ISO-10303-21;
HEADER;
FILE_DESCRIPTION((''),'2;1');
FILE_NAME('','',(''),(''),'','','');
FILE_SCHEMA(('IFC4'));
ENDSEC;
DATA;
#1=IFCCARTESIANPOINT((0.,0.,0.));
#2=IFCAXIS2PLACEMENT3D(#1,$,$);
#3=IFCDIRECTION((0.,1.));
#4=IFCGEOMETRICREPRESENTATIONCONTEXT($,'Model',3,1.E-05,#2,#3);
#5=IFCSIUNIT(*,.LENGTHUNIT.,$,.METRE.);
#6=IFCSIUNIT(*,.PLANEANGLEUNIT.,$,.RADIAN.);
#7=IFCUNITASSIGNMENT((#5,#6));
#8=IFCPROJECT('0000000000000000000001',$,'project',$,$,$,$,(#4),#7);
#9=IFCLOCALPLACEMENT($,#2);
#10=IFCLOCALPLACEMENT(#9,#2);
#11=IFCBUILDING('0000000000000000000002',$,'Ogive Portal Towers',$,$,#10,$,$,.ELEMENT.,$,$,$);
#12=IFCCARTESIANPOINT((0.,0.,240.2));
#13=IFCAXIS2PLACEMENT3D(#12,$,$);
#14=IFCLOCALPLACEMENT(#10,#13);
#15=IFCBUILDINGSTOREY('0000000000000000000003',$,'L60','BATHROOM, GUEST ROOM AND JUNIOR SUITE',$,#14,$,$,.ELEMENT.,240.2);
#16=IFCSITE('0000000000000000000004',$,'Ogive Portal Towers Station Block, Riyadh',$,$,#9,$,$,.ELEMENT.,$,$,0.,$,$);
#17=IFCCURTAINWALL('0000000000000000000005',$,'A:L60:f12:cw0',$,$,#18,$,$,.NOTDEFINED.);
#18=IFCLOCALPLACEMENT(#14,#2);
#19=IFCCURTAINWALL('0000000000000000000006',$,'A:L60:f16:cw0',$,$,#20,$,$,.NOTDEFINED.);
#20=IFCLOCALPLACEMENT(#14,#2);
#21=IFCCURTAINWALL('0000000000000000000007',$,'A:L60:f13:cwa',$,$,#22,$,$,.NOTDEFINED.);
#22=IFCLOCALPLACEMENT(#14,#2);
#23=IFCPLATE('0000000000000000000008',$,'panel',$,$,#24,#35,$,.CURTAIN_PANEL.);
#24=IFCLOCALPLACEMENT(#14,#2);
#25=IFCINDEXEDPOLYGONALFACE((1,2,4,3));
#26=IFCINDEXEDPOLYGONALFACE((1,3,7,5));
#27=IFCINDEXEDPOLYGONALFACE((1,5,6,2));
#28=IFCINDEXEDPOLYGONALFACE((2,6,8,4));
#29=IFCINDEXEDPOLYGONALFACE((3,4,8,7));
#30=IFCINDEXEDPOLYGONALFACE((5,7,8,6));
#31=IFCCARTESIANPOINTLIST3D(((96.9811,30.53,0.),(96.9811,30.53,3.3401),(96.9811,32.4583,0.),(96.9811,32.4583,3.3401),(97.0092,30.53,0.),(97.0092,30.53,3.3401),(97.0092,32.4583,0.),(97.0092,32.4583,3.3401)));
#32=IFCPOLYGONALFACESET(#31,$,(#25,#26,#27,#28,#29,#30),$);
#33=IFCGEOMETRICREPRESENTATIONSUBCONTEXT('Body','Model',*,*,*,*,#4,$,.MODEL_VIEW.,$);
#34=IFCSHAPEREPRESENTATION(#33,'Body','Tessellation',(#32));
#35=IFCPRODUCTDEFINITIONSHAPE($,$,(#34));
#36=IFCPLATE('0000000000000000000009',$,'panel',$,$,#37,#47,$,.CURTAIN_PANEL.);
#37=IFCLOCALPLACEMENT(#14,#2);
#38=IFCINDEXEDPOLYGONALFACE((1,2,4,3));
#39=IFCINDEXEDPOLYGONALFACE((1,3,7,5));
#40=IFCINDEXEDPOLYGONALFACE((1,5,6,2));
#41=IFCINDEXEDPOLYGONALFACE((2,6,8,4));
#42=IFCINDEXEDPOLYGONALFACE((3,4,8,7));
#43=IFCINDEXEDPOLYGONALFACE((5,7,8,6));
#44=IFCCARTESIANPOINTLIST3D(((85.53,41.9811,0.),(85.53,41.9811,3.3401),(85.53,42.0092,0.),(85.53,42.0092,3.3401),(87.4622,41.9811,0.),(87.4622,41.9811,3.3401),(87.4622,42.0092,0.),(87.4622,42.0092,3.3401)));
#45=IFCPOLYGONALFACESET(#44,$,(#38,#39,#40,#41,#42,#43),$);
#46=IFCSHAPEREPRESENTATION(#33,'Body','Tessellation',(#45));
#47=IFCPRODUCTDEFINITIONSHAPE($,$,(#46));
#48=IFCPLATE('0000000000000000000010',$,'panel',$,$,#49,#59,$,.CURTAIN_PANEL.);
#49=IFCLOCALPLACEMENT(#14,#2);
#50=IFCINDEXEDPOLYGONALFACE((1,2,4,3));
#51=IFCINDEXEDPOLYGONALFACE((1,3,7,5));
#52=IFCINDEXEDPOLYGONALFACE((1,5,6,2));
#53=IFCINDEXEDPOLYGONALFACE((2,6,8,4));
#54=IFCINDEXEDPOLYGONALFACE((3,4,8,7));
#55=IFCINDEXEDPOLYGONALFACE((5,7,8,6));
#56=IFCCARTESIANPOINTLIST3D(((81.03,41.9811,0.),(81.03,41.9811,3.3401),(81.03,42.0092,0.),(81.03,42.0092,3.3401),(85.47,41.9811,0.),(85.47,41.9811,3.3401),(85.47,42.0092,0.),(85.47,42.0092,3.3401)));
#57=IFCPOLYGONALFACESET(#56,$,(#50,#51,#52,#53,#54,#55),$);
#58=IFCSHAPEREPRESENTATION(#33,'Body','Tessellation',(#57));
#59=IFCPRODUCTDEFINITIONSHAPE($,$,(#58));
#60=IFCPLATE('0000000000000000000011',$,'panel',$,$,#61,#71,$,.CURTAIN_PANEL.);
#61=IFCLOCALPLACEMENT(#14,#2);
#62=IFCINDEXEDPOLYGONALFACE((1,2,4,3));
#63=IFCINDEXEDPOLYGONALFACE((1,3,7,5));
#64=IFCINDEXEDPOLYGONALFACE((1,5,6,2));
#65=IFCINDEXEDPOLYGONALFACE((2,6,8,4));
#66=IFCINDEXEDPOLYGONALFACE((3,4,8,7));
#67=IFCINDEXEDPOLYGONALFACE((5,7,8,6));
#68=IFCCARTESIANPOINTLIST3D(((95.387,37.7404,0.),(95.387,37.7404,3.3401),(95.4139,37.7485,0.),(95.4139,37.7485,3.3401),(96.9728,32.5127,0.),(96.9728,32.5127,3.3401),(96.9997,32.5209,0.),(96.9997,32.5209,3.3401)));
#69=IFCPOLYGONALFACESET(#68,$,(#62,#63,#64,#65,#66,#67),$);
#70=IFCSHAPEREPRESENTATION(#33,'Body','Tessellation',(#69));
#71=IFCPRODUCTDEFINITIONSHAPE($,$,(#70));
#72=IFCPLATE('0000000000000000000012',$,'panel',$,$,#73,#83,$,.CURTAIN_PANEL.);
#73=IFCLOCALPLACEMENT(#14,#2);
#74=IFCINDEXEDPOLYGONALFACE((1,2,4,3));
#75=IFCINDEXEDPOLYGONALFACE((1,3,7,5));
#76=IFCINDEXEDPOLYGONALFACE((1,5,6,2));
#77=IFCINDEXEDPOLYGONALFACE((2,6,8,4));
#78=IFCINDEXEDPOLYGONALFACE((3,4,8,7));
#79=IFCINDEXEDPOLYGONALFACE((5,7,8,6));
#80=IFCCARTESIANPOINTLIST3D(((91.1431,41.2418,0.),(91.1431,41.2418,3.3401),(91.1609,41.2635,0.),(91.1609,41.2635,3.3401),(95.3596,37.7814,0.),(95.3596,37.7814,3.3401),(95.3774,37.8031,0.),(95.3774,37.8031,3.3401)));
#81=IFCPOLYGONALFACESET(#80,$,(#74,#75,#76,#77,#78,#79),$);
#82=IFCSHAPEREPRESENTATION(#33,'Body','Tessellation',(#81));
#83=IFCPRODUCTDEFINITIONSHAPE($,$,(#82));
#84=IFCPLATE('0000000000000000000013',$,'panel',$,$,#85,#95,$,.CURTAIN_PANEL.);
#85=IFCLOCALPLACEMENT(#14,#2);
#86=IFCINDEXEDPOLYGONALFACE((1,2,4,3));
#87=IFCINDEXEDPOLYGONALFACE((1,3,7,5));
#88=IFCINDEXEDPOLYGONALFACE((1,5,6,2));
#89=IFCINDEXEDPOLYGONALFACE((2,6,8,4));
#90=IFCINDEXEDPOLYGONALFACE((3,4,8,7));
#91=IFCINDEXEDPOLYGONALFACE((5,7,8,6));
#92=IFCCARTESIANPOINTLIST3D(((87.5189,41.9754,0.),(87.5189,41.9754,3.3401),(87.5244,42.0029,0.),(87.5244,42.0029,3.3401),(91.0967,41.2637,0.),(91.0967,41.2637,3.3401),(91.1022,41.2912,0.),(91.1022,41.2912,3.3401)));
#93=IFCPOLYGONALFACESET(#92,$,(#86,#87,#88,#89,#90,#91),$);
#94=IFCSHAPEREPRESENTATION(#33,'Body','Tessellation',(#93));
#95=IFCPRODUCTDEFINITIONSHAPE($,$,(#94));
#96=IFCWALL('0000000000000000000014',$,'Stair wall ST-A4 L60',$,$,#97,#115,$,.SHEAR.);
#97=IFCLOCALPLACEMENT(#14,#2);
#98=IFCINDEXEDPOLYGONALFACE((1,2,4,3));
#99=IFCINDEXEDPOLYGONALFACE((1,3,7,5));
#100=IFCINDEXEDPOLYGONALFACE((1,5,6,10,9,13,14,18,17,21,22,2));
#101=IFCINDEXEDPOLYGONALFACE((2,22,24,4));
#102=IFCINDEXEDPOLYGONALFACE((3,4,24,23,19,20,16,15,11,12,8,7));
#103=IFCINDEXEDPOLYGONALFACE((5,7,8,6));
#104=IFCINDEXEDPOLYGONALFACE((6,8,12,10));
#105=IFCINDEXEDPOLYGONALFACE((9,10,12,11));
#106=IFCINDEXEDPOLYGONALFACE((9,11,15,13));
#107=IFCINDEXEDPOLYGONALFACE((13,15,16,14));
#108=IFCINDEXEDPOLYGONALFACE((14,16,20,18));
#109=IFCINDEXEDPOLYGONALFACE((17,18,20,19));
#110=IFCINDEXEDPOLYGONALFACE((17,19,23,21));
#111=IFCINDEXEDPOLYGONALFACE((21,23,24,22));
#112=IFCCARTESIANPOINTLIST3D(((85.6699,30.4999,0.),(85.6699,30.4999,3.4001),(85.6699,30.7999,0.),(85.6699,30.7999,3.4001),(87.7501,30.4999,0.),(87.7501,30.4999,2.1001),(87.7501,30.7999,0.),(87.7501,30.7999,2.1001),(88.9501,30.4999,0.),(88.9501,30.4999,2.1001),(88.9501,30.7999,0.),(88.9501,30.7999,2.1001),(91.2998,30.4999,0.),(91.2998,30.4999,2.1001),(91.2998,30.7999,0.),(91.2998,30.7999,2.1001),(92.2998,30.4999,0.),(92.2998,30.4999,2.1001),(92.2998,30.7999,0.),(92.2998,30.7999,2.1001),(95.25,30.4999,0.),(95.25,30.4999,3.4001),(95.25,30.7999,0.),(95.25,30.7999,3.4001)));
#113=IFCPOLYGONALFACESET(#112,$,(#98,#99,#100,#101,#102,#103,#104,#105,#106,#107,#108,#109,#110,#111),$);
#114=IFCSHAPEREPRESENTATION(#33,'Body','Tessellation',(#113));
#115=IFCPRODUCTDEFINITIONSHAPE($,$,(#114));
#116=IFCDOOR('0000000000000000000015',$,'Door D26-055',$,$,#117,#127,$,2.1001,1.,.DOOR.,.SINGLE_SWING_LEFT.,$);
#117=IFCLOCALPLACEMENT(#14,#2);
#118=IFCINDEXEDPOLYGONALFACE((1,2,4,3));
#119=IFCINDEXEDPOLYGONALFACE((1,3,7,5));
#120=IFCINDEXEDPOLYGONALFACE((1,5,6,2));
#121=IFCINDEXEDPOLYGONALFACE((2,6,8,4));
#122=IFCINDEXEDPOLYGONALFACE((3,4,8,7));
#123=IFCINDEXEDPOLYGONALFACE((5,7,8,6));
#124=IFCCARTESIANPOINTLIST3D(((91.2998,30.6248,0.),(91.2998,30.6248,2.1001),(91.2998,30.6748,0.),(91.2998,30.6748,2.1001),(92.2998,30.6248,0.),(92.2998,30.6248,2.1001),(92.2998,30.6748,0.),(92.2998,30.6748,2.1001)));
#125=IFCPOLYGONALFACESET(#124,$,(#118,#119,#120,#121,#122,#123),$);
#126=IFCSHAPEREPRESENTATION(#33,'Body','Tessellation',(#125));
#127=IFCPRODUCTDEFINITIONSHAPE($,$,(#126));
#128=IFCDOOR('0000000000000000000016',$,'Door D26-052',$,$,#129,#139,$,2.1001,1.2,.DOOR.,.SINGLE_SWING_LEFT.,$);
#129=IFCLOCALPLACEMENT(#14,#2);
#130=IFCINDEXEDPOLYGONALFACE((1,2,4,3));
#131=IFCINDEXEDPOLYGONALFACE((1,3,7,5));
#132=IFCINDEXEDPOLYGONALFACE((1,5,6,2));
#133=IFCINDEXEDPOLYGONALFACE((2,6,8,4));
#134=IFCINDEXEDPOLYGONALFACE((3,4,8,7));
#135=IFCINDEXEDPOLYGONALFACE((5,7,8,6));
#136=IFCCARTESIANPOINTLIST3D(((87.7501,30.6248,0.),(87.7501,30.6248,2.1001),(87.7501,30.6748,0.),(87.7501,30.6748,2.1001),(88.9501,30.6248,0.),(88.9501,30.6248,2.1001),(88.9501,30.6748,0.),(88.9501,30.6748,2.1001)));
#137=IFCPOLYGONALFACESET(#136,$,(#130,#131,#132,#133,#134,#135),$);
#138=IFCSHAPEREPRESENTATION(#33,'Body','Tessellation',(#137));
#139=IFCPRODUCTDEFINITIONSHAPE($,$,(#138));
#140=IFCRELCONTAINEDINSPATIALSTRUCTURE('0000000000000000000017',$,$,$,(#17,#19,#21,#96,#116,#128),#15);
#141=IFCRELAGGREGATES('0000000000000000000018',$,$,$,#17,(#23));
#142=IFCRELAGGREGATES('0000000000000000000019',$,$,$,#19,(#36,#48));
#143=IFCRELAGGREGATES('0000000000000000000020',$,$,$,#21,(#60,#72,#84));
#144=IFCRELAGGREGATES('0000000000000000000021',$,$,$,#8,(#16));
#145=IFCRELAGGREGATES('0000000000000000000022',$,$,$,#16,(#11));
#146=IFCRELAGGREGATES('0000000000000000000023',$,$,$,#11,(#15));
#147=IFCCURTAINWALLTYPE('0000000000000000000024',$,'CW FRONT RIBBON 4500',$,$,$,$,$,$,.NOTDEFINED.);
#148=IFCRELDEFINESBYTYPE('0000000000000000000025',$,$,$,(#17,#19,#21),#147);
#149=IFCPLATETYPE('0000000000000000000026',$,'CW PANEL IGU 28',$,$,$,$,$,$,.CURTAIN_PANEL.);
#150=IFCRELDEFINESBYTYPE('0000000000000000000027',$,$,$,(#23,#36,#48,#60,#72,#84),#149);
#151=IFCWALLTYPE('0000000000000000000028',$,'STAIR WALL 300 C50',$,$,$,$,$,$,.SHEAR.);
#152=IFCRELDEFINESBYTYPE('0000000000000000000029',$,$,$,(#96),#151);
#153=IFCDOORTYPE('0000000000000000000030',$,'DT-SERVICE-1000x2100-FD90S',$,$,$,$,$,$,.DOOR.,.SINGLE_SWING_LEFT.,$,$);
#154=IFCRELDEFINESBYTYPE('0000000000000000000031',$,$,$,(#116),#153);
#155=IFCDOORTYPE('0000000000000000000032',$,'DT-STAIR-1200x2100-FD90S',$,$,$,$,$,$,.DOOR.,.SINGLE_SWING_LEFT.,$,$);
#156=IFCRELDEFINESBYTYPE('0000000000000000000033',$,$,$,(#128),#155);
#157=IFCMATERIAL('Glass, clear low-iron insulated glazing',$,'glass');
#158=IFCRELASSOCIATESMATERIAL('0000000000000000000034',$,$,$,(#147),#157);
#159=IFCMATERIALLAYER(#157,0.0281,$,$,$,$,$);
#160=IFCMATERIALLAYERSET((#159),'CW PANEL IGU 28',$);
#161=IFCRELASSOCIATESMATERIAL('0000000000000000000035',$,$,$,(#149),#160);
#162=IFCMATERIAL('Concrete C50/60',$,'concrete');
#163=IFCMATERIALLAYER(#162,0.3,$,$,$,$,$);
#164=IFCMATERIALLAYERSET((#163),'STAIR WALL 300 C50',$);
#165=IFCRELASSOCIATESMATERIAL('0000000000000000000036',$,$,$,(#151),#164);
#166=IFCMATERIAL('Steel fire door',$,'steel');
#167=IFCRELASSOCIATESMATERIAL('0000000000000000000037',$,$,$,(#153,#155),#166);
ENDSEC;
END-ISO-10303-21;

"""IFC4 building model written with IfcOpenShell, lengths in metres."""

from ifc_helpers import new_model, si_unit, direction, frame, frame_2d, origin, origin_2d, place, context, subcontext, project, spatial, rectangle, extrude, material, layer, layer_set, type_object, element, fill, aggregate, save


model = new_model("IFC4")

# Units and contexts
model_context = context("Model", 3, precision=1e-05, world=origin(), true_north=direction((0.0, 1.0)))
body_context = subcontext(model_context, "Body", "Model", "MODEL_VIEW")
ifc_project = project(units=[si_unit("LENGTHUNIT", "METRE"), si_unit("PLANEANGLEUNIT", "RADIAN")], contexts=[model_context])

# Site, building, storey
site_placement = place(None, origin())
site = spatial("IfcSite", under=ifc_project, at=site_placement, Name="Ogive Portal Towers Station Block, Riyadh", CompositionType="ELEMENT", RefElevation=0.0)
building_placement = place(site_placement, origin())
building = spatial("IfcBuilding", under=site, at=building_placement, Name="Ogive Portal Towers", CompositionType="ELEMENT")
storey_placement = place(building_placement, frame((0.0, 0.0, 240.2)))
storey = spatial("IfcBuildingStorey", under=building, at=storey_placement, Name="L60", Description="BATHROOM, GUEST ROOM AND JUNIOR SUITE", CompositionType="ELEMENT", Elevation=240.2)

# Curtain walls
ifc_material_1 = material(Name="Glass, clear low-iron insulated glazing", Category="glass")
curtain_wall_type = type_object("IfcCurtainWallType", Name="CW FRONT RIBBON 4500", PredefinedType="NOTDEFINED", material=ifc_material_1)
curtain_wall_1_placement = place(storey_placement, origin())
curtain_wall_1 = element("IfcCurtainWall", 1, at=curtain_wall_1_placement, inside=storey, type_object=curtain_wall_type, Name="A:L60:f12:cw0", PredefinedType="NOTDEFINED")
curtain_wall_2_placement = place(storey_placement, origin())
curtain_wall_2 = element("IfcCurtainWall", 2, at=curtain_wall_2_placement, inside=storey, type_object=curtain_wall_type, Name="A:L60:f16:cw0", PredefinedType="NOTDEFINED")
curtain_wall_3_placement = place(storey_placement, origin())
curtain_wall_3 = element("IfcCurtainWall", 3, at=curtain_wall_3_placement, inside=storey, type_object=curtain_wall_type, Name="A:L60:f13:cwa", PredefinedType="NOTDEFINED")

# Plates
ifc_layer_1 = layer(ifc_material_1, 0.0281)
ifc_layer_set_1 = layer_set([ifc_layer_1], Name="CW PANEL IGU 28")
plate_type = type_object("IfcPlateType", Name="CW PANEL IGU 28", PredefinedType="CURTAIN_PANEL", material=ifc_layer_set_1)
plate_1_placement = place(storey_placement, frame((96.9951, 31.4941, 0.0), z_axis=(0.0, 0.0, 1.0), x_axis=(0.0, 1.0, 0.0)))
plate_1 = element("IfcPlate", 4, at=plate_1_placement, type_object=plate_type, Name="panel", PredefinedType="CURTAIN_PANEL", context=body_context, shape_type="SweptSolid", body=[
    extrude(rectangle(XDim=1.9282, YDim=0.0281, at=origin_2d()), origin(), (0.0, 0.0, 1.0), 3.3401),
])
aggregate(curtain_wall_1, [plate_1])
plate_2_placement = place(storey_placement, frame((86.4961, 41.9951, 0.0), z_axis=(0.0, 0.0, 1.0), x_axis=(-1.0, 0.0, 0.0)))
plate_2 = element("IfcPlate", 5, at=plate_2_placement, type_object=plate_type, Name="panel", PredefinedType="CURTAIN_PANEL", context=body_context, shape_type="SweptSolid", body=[
    extrude(rectangle(XDim=1.9321, YDim=0.0281, at=origin_2d()), origin(), (0.0, 0.0, 1.0), 3.3401),
])
plate_3_placement = place(storey_placement, frame((83.25, 41.9951, 0.0), z_axis=(0.0, 0.0, 1.0), x_axis=(-1.0, 0.0, 0.0)))
plate_3 = element("IfcPlate", 6, at=plate_3_placement, type_object=plate_type, Name="panel", PredefinedType="CURTAIN_PANEL", context=body_context, shape_type="SweptSolid", body=[
    extrude(rectangle(XDim=4.4399, YDim=0.0281, at=origin_2d()), origin(), (0.0, 0.0, 1.0), 3.3401),
])
aggregate(curtain_wall_2, [plate_2, plate_3])
plate_4_placement = place(storey_placement, frame((96.1934, 35.1306, 0.0), z_axis=(0.0, 0.0, 1.0), x_axis=(-0.290285, 0.95694, 0.0)))
plate_4 = element("IfcPlate", 7, at=plate_4_placement, type_object=plate_type, Name="panel", PredefinedType="CURTAIN_PANEL", context=body_context, shape_type="SweptSolid", body=[
    extrude(rectangle(XDim=5.4629, YDim=0.0281, at=origin_2d()), origin(), (0.0, 0.0, 1.0), 3.3401),
])
plate_5_placement = place(storey_placement, frame((93.2603, 39.5225, 0.0), z_axis=(0.0, 0.0, 1.0), x_axis=(-0.77301, 0.634393, 0.0)))
plate_5 = element("IfcPlate", 8, at=plate_5_placement, type_object=plate_type, Name="panel", PredefinedType="CURTAIN_PANEL", context=body_context, shape_type="SweptSolid", body=[
    extrude(rectangle(XDim=5.4546, YDim=0.0281, at=origin_2d()), origin(), (0.0, 0.0, 1.0), 3.3401),
])
plate_6_placement = place(storey_placement, frame((89.3105, 41.6333, 0.0), z_axis=(0.0, 0.0, 1.0), x_axis=(-0.980785, 0.19509, 0.0)))
plate_6 = element("IfcPlate", 9, at=plate_6_placement, type_object=plate_type, Name="panel", PredefinedType="CURTAIN_PANEL", context=body_context, shape_type="SweptSolid", body=[
    extrude(rectangle(XDim=3.6479, YDim=0.0281, at=origin_2d()), origin(), (0.0, 0.0, 1.0), 3.3401),
])
aggregate(curtain_wall_3, [plate_4, plate_5, plate_6])

# Wall, openings, doors
ifc_material_2 = material(Name="Concrete C50/60", Category="concrete")
ifc_layer_2 = layer(ifc_material_2, 0.3)
ifc_layer_set_2 = layer_set([ifc_layer_2], Name="STAIR WALL 300 C50")
wall_type_1 = type_object("IfcWallType", Name="STAIR WALL 300 C50", PredefinedType="SHEAR", material=ifc_layer_set_2)
wall_1_placement = place(storey_placement, frame((85.6699, 30.6499, 0.0), z_axis=(0.0, 0.0, 1.0), x_axis=(1.0, 0.0, 0.0)))
wall_1 = element("IfcWall", 10, at=wall_1_placement, inside=storey, type_object=wall_type_1, Name="Stair wall ST-A4 L60", PredefinedType="SHEAR", context=body_context, shape_type="SweptSolid", body=[
    extrude(rectangle(XDim=9.5801, YDim=0.3, at=frame_2d((4.79, 0.0))), origin(), (0.0, 0.0, 1.0), 3.4001),
])
opening_1_placement = place(wall_1_placement, frame((2.0801, 0.0, 0.0)))
opening_1 = element("IfcOpeningElement", 11, at=opening_1_placement, cuts=wall_1, PredefinedType="OPENING", context=body_context, shape_type="SweptSolid", body=[
    extrude(rectangle(XDim=1.2, YDim=2.1001, at=frame_2d((0.6001, 1.05))), frame((0.0, 0.1602, 0.0), z_axis=(0.0, -1.0, 0.0), x_axis=(1.0, 0.0, 0.0)), (0.0, 0.0, 1.0), 0.3201),
])
opening_2_placement = place(wall_1_placement, frame((5.6299, 0.0, 0.0)))
opening_2 = element("IfcOpeningElement", 12, at=opening_2_placement, cuts=wall_1, PredefinedType="OPENING", context=body_context, shape_type="SweptSolid", body=[
    extrude(rectangle(XDim=1.0, YDim=2.1001, at=frame_2d((0.5, 1.05))), frame((0.0, 0.1602, 0.0), z_axis=(0.0, -1.0, 0.0), x_axis=(1.0, 0.0, 0.0)), (0.0, 0.0, 1.0), 0.3201),
])
ifc_material_3 = material(Name="Steel fire door", Category="steel")
door_type_1 = type_object("IfcDoorType", Name="DT-SERVICE-1000x2100-FD90S", OperationType="SINGLE_SWING_LEFT", PredefinedType="DOOR", material=ifc_material_3)
door_1_placement = place(opening_2_placement, origin())
door_1 = element("IfcDoor", 13, at=door_1_placement, inside=storey, type_object=door_type_1, Name="Door D26-055", OperationType="SINGLE_SWING_LEFT", OverallHeight=2.1001, OverallWidth=1.0, PredefinedType="DOOR", context=body_context, shape_type="SweptSolid", body=[
    extrude(rectangle(XDim=1.0, YDim=2.1001, at=frame_2d((0.5, 1.05))), frame((0.0, 0.0249, 0.0), z_axis=(0.0, -1.0, 0.0), x_axis=(1.0, 0.0, 0.0)), (0.0, 0.0, 1.0), 0.05),
])
fill(opening_2, door_1)
door_type_2 = type_object("IfcDoorType", Name="DT-STAIR-1200x2100-FD90S", OperationType="SINGLE_SWING_LEFT", PredefinedType="DOOR", material=ifc_material_3)
door_2_placement = place(opening_1_placement, origin())
door_2 = element("IfcDoor", 14, at=door_2_placement, inside=storey, type_object=door_type_2, Name="Door D26-052", OperationType="SINGLE_SWING_LEFT", OverallHeight=2.1001, OverallWidth=1.2, PredefinedType="DOOR", context=body_context, shape_type="SweptSolid", body=[
    extrude(rectangle(XDim=1.2, YDim=2.1001, at=frame_2d((0.6001, 1.05))), frame((0.0, 0.0249, 0.0), z_axis=(0.0, -1.0, 0.0), x_axis=(1.0, 0.0, 0.0)), (0.0, 0.0, 1.0), 0.05),
])
fill(opening_1, door_2)

save(model, "model.ifc")
